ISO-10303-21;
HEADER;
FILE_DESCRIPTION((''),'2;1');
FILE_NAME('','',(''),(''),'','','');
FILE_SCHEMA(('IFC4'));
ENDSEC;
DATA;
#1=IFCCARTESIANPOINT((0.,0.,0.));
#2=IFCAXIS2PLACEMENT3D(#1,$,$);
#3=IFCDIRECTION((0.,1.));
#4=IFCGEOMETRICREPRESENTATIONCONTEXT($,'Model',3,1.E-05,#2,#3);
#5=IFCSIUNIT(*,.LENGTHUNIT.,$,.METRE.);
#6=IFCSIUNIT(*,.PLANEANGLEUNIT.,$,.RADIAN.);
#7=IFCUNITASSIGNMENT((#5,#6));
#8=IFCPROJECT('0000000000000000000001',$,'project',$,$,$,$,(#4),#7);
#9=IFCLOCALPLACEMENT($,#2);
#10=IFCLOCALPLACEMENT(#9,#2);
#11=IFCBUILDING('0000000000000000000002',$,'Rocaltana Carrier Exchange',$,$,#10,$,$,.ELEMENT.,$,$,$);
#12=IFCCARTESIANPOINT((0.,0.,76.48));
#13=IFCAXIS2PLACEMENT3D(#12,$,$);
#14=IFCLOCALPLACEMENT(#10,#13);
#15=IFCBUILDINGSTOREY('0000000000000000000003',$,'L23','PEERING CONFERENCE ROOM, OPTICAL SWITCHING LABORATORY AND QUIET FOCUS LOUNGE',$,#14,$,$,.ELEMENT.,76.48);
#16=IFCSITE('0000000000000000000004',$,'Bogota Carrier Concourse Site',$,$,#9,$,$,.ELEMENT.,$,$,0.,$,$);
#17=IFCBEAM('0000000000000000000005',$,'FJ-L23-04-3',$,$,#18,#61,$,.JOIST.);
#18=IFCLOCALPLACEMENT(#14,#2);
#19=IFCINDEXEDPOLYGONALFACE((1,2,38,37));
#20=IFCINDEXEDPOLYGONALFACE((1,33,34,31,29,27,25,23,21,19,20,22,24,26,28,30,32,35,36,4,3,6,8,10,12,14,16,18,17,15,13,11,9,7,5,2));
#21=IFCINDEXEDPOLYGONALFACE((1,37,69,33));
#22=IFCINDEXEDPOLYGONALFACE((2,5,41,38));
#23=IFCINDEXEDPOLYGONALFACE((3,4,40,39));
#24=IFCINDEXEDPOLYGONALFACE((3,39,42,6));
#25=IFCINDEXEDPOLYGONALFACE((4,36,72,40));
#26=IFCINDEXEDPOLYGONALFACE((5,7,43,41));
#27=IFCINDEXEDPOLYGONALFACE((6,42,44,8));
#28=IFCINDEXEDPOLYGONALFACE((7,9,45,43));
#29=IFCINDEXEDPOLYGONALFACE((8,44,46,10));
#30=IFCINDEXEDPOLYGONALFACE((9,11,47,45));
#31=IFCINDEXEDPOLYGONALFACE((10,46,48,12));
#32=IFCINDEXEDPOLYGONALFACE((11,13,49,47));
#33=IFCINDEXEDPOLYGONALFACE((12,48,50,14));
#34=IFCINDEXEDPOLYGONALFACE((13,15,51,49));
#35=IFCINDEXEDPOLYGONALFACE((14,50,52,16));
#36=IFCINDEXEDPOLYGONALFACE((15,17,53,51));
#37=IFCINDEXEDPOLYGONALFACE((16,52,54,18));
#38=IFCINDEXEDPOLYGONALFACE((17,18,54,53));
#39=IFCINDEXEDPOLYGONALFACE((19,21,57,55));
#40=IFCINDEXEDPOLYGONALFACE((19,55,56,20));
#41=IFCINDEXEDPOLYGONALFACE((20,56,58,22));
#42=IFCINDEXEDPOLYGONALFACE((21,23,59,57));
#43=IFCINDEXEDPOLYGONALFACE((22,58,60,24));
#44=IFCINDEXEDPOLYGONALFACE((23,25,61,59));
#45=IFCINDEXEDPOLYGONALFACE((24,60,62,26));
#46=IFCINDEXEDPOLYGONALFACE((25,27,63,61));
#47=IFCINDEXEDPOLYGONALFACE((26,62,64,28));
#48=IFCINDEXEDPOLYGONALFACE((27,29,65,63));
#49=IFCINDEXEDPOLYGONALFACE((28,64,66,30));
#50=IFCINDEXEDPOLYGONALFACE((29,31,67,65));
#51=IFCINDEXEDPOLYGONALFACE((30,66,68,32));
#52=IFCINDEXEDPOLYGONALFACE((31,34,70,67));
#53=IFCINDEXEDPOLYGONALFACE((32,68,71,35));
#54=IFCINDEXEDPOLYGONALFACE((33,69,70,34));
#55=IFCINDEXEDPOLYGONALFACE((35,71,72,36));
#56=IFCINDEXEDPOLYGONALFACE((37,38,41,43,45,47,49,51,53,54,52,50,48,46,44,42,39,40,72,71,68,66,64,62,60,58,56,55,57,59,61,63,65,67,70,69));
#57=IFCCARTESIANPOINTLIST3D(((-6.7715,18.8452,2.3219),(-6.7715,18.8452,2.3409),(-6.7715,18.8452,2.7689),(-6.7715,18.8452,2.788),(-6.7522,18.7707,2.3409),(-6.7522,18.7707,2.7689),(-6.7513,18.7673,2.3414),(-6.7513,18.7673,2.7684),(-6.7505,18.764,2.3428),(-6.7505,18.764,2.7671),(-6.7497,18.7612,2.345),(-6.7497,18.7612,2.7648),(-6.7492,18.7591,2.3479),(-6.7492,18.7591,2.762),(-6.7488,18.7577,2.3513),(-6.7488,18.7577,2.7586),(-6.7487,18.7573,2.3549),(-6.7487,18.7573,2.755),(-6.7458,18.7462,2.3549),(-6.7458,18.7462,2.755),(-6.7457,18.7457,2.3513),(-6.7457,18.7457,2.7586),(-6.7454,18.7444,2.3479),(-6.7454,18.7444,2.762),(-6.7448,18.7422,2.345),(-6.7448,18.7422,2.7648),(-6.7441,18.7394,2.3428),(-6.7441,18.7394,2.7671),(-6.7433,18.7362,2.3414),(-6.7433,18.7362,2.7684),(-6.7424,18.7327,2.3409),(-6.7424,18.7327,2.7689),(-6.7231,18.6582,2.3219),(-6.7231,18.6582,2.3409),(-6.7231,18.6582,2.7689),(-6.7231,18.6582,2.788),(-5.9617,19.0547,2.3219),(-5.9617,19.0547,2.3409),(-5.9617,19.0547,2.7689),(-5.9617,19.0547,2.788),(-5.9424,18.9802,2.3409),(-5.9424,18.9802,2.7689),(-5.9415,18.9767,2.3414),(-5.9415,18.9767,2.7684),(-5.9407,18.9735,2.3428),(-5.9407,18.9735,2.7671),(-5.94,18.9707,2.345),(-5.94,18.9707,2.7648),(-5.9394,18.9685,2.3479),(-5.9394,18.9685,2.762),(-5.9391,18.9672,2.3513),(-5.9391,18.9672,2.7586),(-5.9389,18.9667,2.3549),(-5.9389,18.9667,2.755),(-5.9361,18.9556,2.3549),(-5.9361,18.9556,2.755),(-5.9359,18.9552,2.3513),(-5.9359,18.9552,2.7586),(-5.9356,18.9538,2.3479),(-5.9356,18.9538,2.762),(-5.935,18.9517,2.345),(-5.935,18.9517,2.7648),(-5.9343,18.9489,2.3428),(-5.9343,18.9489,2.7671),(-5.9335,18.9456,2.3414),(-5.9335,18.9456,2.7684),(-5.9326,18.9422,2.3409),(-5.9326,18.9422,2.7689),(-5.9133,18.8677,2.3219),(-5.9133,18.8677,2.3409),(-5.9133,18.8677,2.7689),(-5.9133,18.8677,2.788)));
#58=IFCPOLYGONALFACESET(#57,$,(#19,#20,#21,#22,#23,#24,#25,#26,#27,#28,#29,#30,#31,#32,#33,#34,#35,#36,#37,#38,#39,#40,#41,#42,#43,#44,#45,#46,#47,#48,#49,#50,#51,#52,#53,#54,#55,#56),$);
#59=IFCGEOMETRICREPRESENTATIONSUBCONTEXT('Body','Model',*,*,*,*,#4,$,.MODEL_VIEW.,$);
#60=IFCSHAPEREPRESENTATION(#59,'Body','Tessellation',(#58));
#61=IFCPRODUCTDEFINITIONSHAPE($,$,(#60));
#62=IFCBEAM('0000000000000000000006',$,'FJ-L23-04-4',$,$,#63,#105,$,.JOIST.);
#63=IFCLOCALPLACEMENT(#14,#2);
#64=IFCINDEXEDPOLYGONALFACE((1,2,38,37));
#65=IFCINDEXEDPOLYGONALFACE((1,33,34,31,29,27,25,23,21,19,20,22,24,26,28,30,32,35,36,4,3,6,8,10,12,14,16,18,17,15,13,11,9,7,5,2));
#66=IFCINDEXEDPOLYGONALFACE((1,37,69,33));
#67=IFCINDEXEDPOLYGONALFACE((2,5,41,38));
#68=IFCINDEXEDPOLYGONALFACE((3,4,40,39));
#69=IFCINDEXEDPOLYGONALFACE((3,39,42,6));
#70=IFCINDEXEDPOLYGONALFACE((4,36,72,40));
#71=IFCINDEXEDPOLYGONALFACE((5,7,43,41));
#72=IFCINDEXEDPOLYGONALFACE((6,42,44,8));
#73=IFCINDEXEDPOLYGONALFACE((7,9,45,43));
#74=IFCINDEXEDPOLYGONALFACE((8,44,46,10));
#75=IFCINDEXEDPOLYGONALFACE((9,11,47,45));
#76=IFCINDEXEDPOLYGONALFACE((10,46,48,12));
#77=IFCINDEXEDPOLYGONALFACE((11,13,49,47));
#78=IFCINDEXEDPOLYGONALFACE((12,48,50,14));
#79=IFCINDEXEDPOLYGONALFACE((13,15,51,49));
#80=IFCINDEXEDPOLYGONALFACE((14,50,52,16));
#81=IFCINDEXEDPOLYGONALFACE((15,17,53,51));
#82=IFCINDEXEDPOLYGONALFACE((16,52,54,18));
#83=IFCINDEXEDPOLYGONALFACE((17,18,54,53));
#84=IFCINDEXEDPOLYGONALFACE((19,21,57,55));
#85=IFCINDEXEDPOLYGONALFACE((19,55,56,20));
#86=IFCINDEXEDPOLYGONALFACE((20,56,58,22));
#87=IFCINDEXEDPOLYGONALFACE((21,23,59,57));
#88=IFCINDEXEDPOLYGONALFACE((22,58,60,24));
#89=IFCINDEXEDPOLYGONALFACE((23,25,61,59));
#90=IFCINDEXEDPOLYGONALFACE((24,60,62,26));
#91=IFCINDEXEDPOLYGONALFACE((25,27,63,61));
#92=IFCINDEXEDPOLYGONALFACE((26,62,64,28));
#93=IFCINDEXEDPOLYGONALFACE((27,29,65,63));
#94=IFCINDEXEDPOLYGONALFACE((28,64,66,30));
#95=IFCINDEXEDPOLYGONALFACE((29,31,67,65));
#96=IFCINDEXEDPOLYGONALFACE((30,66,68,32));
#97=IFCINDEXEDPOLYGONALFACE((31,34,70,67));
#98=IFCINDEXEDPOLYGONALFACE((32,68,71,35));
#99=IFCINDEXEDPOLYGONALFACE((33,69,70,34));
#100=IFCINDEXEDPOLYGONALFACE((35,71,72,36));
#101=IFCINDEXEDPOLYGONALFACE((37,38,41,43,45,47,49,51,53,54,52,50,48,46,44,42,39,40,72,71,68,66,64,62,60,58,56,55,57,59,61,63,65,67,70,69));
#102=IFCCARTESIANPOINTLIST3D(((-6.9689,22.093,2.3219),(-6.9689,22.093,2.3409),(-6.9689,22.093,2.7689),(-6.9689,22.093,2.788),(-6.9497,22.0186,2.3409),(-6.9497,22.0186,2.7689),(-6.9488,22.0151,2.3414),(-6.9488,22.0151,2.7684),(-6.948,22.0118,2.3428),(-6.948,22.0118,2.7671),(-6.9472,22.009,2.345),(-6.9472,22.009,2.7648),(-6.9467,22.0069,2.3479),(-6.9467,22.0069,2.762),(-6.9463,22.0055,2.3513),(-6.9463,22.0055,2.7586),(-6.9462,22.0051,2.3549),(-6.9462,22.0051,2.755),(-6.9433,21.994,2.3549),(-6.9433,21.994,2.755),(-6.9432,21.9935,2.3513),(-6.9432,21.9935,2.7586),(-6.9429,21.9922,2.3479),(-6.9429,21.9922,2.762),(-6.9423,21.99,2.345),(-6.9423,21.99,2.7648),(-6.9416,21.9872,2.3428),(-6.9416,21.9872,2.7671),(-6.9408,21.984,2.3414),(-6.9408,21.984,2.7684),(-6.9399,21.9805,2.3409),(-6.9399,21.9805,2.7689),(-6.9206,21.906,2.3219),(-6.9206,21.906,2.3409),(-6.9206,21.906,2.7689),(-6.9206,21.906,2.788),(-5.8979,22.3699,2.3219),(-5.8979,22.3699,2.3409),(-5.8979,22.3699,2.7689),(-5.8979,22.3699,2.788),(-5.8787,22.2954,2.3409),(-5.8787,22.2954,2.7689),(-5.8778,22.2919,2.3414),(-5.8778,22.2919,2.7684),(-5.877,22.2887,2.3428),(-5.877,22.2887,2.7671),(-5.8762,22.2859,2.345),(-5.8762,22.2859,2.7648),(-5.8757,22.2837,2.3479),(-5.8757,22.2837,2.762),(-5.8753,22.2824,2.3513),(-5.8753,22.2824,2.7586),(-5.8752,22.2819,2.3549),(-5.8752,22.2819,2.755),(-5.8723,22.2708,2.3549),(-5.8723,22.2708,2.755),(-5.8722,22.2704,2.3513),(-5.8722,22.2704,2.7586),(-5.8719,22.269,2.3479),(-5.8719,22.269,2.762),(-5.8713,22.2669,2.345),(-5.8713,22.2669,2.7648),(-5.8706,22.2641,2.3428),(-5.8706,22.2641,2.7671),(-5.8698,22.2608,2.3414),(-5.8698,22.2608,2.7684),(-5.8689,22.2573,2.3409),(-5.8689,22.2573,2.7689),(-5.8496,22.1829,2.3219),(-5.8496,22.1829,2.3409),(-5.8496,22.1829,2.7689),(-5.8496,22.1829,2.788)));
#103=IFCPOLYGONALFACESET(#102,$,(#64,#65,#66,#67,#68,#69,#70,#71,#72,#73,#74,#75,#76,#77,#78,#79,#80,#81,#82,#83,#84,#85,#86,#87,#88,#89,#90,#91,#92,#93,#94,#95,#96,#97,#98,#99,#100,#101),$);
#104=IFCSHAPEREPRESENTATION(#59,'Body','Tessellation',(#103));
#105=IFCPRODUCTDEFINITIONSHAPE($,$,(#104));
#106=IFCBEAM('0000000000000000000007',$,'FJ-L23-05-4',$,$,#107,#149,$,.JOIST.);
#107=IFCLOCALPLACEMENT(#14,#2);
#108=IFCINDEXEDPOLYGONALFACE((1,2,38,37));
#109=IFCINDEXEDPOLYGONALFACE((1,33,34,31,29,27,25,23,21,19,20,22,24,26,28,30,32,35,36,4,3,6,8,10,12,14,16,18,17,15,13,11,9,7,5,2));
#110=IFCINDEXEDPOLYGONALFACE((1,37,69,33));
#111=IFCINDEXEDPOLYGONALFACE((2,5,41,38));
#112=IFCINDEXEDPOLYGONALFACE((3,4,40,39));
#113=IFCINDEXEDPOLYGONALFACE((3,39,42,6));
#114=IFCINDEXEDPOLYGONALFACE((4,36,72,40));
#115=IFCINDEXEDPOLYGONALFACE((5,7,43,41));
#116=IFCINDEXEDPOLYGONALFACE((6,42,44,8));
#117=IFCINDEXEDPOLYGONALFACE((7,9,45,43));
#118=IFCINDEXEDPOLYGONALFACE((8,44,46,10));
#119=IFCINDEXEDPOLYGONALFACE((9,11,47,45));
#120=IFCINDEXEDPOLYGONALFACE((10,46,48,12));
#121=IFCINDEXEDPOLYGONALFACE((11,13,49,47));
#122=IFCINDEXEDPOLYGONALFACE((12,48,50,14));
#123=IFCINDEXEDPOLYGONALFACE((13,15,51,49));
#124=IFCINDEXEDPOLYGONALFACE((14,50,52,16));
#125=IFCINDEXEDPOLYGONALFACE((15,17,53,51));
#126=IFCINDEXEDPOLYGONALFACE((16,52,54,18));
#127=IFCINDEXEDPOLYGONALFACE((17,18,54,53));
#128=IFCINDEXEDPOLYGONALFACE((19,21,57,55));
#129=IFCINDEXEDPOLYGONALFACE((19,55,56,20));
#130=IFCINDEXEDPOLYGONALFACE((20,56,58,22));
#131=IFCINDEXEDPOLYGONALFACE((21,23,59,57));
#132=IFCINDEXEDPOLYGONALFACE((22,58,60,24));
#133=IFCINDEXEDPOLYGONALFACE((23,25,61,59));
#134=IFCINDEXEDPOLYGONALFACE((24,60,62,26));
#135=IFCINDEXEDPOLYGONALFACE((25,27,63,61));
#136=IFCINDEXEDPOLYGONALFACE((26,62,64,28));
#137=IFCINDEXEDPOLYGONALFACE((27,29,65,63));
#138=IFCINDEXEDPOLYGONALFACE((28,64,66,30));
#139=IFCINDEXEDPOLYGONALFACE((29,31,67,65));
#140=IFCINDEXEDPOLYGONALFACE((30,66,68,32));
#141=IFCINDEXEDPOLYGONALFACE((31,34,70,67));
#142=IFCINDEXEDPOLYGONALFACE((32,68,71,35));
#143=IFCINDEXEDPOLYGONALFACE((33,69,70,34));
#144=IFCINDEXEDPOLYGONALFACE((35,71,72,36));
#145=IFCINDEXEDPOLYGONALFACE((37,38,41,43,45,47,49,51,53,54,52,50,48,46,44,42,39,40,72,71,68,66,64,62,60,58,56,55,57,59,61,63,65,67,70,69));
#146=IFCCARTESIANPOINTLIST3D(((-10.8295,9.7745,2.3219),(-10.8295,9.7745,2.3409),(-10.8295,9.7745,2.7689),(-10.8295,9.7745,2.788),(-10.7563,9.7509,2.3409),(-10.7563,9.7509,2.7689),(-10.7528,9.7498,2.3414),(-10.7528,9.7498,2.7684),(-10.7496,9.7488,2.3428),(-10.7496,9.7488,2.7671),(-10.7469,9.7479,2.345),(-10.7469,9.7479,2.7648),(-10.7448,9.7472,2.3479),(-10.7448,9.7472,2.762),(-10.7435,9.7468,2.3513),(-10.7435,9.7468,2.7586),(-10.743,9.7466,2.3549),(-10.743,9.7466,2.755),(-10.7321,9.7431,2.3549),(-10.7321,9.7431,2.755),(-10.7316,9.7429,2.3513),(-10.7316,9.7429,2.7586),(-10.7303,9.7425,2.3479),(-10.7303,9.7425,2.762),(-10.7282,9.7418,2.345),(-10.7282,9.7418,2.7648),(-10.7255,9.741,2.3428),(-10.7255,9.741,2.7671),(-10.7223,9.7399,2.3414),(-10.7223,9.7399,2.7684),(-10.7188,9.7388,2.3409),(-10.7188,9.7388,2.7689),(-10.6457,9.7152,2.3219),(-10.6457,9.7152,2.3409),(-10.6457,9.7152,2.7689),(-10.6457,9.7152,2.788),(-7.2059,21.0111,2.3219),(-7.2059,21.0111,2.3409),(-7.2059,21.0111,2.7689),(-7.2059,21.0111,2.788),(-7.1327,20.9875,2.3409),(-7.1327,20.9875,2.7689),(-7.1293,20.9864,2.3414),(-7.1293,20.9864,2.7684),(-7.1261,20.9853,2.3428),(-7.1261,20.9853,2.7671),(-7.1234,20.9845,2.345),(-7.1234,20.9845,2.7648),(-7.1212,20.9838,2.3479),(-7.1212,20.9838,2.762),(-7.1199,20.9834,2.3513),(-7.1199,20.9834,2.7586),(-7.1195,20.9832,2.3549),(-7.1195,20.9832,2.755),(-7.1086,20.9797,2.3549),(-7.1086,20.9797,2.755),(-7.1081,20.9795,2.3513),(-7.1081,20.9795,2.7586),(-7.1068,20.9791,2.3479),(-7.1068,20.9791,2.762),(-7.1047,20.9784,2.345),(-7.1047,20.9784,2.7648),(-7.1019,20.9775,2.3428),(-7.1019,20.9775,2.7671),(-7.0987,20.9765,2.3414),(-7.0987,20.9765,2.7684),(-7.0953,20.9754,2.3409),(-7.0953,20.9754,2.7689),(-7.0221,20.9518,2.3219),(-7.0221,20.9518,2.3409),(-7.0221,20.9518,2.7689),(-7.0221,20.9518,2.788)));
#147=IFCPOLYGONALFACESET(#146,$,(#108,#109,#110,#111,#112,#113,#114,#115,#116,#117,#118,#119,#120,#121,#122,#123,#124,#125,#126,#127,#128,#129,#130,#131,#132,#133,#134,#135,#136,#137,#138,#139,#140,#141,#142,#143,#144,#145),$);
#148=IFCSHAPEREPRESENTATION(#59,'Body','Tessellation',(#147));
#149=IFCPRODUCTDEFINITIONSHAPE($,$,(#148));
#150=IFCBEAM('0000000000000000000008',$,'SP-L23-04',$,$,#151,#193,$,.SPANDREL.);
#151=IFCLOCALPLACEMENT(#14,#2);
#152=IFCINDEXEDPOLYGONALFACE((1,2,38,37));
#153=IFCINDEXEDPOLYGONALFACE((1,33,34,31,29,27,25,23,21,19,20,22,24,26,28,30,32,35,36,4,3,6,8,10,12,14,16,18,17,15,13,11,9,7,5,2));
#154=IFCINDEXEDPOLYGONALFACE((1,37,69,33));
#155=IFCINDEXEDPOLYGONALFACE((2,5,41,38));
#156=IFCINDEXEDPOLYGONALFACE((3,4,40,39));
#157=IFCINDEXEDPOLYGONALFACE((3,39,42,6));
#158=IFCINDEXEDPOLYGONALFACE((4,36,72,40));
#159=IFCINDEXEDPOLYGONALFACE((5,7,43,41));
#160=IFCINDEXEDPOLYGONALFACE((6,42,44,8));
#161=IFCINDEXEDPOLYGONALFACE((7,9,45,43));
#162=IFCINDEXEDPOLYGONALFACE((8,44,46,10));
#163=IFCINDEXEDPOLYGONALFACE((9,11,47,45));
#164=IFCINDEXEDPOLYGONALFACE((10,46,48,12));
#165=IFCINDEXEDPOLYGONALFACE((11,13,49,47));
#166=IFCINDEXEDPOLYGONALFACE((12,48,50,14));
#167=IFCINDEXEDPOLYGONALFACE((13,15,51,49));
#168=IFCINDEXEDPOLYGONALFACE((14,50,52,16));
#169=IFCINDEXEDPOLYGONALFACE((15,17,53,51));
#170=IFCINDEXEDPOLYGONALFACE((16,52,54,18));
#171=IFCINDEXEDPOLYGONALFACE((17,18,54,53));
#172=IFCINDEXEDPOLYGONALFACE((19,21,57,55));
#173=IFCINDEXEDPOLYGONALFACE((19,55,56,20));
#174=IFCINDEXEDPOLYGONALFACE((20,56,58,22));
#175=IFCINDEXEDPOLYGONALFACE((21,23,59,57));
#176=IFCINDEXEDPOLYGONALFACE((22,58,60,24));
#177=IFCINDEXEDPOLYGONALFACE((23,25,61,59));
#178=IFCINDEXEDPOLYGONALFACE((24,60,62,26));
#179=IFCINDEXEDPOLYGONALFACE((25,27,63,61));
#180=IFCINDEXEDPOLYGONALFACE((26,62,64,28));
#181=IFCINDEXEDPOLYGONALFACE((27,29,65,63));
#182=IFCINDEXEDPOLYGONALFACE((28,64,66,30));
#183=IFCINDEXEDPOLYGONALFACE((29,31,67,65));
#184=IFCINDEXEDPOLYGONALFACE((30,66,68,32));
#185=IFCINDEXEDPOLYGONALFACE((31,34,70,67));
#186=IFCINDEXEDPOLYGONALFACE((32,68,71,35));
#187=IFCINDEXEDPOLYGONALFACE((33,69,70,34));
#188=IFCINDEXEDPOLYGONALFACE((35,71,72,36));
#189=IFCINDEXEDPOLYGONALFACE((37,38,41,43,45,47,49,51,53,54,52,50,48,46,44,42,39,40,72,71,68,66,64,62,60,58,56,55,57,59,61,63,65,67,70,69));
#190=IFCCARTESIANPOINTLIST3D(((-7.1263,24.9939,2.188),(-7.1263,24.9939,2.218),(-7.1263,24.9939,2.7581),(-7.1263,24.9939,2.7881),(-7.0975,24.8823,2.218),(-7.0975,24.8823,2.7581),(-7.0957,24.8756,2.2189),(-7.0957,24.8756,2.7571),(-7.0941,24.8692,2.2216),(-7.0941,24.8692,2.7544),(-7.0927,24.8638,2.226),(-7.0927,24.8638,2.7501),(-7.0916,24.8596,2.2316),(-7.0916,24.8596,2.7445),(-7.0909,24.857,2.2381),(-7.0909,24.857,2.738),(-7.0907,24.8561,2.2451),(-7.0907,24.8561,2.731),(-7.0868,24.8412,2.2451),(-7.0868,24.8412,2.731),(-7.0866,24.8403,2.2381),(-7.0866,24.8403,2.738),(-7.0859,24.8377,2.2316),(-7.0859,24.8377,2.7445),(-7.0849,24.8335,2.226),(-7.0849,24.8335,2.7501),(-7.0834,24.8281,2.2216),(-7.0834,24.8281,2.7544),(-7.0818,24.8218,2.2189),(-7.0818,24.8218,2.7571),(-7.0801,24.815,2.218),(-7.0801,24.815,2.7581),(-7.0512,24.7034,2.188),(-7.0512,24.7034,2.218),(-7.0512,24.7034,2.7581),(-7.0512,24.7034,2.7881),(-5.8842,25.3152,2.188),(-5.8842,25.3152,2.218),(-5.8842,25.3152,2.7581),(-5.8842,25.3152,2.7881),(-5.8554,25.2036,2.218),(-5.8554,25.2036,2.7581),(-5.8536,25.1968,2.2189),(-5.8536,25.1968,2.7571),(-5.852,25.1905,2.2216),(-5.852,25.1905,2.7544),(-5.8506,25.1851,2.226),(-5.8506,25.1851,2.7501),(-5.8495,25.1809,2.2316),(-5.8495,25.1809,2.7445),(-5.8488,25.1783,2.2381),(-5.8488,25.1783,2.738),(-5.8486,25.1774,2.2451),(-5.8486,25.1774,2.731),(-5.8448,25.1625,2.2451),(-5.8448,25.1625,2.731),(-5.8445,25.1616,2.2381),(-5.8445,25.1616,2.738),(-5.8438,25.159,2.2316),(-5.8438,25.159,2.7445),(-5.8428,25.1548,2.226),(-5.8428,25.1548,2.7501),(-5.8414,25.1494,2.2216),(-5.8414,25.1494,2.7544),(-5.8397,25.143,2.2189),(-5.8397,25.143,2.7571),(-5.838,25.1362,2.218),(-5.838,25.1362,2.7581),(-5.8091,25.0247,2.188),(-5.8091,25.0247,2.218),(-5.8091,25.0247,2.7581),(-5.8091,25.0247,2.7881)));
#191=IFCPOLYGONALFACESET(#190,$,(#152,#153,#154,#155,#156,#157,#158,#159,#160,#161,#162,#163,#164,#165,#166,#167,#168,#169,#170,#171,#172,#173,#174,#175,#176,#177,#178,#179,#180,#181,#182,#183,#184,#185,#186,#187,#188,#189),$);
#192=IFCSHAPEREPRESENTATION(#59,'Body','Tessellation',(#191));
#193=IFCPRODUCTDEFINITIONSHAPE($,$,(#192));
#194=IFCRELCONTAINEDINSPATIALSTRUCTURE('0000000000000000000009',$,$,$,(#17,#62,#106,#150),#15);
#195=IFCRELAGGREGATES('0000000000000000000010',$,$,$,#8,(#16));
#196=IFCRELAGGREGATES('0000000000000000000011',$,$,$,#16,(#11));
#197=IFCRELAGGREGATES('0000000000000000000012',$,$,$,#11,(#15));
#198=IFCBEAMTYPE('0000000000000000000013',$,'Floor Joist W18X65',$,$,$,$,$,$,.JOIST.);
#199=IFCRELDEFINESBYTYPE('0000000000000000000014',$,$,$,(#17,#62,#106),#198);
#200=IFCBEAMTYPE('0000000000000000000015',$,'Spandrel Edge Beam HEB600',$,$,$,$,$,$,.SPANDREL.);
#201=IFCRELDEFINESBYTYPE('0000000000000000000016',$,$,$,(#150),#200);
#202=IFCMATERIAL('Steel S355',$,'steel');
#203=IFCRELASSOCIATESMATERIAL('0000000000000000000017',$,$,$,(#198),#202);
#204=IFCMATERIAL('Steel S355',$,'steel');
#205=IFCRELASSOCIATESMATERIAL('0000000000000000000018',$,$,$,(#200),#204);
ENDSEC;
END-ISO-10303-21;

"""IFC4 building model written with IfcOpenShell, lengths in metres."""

from ifc_helpers import new_model, si_unit, direction, frame, origin, origin_2d, place, context, subcontext, project, spatial, i_section, extrude, material, material_profile, profile_set, type_object, element, save


model = new_model("IFC4")

# Units and contexts
model_context = context("Model", 3, precision=1e-05, world=origin(), true_north=direction((0.0, 1.0)))
body_context = subcontext(model_context, "Body", "Model", "MODEL_VIEW")
ifc_project = project(units=[si_unit("LENGTHUNIT", "METRE"), si_unit("PLANEANGLEUNIT", "RADIAN")], contexts=[model_context])

# Site, building, storey
site_placement = place(None, origin())
site = spatial("IfcSite", under=ifc_project, at=site_placement, Name="Bogota Carrier Concourse Site", CompositionType="ELEMENT", RefElevation=0.0)
building_placement = place(site_placement, origin())
building = spatial("IfcBuilding", under=site, at=building_placement, Name="Rocaltana Carrier Exchange", CompositionType="ELEMENT")
storey_placement = place(building_placement, frame((0.0, 0.0, 76.48)))
storey = spatial("IfcBuildingStorey", under=building, at=storey_placement, Name="L23", Description="PEERING CONFERENCE ROOM, OPTICAL SWITCHING LABORATORY AND QUIET FOCUS LOUNGE", CompositionType="ELEMENT", Elevation=76.48)

# Beams
ifc_material_1 = material(Name="Steel S355", Category="steel")
ifc_material_profile_1 = material_profile(ifc_material_1, i_section(OverallWidth=0.1931, OverallDepth=0.4661, WebThickness=0.0115, FlangeThickness=0.019, FilletRadius=0.0139, at=origin_2d()), Name="W18X65")
ifc_profile_set_1 = profile_set([ifc_material_profile_1], Name="Steel S355")
beam_type_1 = type_object("IfcBeamType", Name="Floor Joist W18X65", PredefinedType="JOIST", material=ifc_profile_set_1)
beam_1_placement = place(storey_placement, frame((-5.9375, 18.9612, 2.5549), z_axis=(-0.968136, -0.250425, 0.0), x_axis=(0.250425, -0.968136, 0.0)))
element("IfcBeam", 1, at=beam_1_placement, inside=storey, type_object=beam_type_1, Name="FJ-L23-04-3", PredefinedType="JOIST", context=body_context, shape_type="SweptSolid", body=[
    extrude(i_section(OverallWidth=0.1931, OverallDepth=0.4661, WebThickness=0.0115, FlangeThickness=0.019, FilletRadius=0.0139, at=origin_2d()), origin(), (0.0, 0.0, 1.0), 0.8364),
])
beam_2_placement = place(storey_placement, frame((-5.8738, 22.2764, 2.5549), z_axis=(-0.968177, -0.250265, 0.0), x_axis=(0.250265, -0.968177, 0.0)))
element("IfcBeam", 2, at=beam_2_placement, inside=storey, type_object=beam_type_1, Name="FJ-L23-04-4", PredefinedType="JOIST", context=body_context, shape_type="SweptSolid", body=[
    extrude(i_section(OverallWidth=0.1931, OverallDepth=0.4661, WebThickness=0.0115, FlangeThickness=0.019, FilletRadius=0.0139, at=origin_2d()), origin(), (0.0, 0.0, 1.0), 1.1062),
])
beam_3_placement = place(storey_placement, frame((-7.114, 20.9814, 2.5549), z_axis=(-0.306913, -0.951737, 0.0), x_axis=(0.951737, -0.306913, 0.0)))
element("IfcBeam", 3, at=beam_3_placement, inside=storey, type_object=beam_type_1, Name="FJ-L23-05-4", PredefinedType="JOIST", context=body_context, shape_type="SweptSolid", body=[
    extrude(i_section(OverallWidth=0.1931, OverallDepth=0.4661, WebThickness=0.0115, FlangeThickness=0.019, FilletRadius=0.0139, at=origin_2d()), origin(), (0.0, 0.0, 1.0), 11.8064),
])
ifc_material_2 = material(Name="Steel S355", Category="steel")
ifc_material_profile_2 = material_profile(ifc_material_2, i_section(OverallWidth=0.3, OverallDepth=0.6001, WebThickness=0.0154, FlangeThickness=0.03, FilletRadius=0.0271, at=origin_2d()), Name="HEB600")
ifc_profile_set_2 = profile_set([ifc_material_profile_2], Name="Steel S355")
beam_type_2 = type_object("IfcBeamType", Name="Spandrel Edge Beam HEB600", PredefinedType="SPANDREL", material=ifc_profile_set_2)
beam_4_placement = place(storey_placement, frame((-5.8467, 25.1699, 2.488), z_axis=(-0.968141, -0.250407, 0.0), x_axis=(0.250407, -0.968141, 0.0)))
element("IfcBeam", 4, at=beam_4_placement, inside=storey, type_object=beam_type_2, Name="SP-L23-04", PredefinedType="SPANDREL", context=body_context, shape_type="SweptSolid", body=[
    extrude(i_section(OverallWidth=0.3, OverallDepth=0.6001, WebThickness=0.0154, FlangeThickness=0.03, FilletRadius=0.0271, at=origin_2d()), origin(), (0.0, 0.0, 1.0), 1.283),
])

save(model, "model.ifc")
